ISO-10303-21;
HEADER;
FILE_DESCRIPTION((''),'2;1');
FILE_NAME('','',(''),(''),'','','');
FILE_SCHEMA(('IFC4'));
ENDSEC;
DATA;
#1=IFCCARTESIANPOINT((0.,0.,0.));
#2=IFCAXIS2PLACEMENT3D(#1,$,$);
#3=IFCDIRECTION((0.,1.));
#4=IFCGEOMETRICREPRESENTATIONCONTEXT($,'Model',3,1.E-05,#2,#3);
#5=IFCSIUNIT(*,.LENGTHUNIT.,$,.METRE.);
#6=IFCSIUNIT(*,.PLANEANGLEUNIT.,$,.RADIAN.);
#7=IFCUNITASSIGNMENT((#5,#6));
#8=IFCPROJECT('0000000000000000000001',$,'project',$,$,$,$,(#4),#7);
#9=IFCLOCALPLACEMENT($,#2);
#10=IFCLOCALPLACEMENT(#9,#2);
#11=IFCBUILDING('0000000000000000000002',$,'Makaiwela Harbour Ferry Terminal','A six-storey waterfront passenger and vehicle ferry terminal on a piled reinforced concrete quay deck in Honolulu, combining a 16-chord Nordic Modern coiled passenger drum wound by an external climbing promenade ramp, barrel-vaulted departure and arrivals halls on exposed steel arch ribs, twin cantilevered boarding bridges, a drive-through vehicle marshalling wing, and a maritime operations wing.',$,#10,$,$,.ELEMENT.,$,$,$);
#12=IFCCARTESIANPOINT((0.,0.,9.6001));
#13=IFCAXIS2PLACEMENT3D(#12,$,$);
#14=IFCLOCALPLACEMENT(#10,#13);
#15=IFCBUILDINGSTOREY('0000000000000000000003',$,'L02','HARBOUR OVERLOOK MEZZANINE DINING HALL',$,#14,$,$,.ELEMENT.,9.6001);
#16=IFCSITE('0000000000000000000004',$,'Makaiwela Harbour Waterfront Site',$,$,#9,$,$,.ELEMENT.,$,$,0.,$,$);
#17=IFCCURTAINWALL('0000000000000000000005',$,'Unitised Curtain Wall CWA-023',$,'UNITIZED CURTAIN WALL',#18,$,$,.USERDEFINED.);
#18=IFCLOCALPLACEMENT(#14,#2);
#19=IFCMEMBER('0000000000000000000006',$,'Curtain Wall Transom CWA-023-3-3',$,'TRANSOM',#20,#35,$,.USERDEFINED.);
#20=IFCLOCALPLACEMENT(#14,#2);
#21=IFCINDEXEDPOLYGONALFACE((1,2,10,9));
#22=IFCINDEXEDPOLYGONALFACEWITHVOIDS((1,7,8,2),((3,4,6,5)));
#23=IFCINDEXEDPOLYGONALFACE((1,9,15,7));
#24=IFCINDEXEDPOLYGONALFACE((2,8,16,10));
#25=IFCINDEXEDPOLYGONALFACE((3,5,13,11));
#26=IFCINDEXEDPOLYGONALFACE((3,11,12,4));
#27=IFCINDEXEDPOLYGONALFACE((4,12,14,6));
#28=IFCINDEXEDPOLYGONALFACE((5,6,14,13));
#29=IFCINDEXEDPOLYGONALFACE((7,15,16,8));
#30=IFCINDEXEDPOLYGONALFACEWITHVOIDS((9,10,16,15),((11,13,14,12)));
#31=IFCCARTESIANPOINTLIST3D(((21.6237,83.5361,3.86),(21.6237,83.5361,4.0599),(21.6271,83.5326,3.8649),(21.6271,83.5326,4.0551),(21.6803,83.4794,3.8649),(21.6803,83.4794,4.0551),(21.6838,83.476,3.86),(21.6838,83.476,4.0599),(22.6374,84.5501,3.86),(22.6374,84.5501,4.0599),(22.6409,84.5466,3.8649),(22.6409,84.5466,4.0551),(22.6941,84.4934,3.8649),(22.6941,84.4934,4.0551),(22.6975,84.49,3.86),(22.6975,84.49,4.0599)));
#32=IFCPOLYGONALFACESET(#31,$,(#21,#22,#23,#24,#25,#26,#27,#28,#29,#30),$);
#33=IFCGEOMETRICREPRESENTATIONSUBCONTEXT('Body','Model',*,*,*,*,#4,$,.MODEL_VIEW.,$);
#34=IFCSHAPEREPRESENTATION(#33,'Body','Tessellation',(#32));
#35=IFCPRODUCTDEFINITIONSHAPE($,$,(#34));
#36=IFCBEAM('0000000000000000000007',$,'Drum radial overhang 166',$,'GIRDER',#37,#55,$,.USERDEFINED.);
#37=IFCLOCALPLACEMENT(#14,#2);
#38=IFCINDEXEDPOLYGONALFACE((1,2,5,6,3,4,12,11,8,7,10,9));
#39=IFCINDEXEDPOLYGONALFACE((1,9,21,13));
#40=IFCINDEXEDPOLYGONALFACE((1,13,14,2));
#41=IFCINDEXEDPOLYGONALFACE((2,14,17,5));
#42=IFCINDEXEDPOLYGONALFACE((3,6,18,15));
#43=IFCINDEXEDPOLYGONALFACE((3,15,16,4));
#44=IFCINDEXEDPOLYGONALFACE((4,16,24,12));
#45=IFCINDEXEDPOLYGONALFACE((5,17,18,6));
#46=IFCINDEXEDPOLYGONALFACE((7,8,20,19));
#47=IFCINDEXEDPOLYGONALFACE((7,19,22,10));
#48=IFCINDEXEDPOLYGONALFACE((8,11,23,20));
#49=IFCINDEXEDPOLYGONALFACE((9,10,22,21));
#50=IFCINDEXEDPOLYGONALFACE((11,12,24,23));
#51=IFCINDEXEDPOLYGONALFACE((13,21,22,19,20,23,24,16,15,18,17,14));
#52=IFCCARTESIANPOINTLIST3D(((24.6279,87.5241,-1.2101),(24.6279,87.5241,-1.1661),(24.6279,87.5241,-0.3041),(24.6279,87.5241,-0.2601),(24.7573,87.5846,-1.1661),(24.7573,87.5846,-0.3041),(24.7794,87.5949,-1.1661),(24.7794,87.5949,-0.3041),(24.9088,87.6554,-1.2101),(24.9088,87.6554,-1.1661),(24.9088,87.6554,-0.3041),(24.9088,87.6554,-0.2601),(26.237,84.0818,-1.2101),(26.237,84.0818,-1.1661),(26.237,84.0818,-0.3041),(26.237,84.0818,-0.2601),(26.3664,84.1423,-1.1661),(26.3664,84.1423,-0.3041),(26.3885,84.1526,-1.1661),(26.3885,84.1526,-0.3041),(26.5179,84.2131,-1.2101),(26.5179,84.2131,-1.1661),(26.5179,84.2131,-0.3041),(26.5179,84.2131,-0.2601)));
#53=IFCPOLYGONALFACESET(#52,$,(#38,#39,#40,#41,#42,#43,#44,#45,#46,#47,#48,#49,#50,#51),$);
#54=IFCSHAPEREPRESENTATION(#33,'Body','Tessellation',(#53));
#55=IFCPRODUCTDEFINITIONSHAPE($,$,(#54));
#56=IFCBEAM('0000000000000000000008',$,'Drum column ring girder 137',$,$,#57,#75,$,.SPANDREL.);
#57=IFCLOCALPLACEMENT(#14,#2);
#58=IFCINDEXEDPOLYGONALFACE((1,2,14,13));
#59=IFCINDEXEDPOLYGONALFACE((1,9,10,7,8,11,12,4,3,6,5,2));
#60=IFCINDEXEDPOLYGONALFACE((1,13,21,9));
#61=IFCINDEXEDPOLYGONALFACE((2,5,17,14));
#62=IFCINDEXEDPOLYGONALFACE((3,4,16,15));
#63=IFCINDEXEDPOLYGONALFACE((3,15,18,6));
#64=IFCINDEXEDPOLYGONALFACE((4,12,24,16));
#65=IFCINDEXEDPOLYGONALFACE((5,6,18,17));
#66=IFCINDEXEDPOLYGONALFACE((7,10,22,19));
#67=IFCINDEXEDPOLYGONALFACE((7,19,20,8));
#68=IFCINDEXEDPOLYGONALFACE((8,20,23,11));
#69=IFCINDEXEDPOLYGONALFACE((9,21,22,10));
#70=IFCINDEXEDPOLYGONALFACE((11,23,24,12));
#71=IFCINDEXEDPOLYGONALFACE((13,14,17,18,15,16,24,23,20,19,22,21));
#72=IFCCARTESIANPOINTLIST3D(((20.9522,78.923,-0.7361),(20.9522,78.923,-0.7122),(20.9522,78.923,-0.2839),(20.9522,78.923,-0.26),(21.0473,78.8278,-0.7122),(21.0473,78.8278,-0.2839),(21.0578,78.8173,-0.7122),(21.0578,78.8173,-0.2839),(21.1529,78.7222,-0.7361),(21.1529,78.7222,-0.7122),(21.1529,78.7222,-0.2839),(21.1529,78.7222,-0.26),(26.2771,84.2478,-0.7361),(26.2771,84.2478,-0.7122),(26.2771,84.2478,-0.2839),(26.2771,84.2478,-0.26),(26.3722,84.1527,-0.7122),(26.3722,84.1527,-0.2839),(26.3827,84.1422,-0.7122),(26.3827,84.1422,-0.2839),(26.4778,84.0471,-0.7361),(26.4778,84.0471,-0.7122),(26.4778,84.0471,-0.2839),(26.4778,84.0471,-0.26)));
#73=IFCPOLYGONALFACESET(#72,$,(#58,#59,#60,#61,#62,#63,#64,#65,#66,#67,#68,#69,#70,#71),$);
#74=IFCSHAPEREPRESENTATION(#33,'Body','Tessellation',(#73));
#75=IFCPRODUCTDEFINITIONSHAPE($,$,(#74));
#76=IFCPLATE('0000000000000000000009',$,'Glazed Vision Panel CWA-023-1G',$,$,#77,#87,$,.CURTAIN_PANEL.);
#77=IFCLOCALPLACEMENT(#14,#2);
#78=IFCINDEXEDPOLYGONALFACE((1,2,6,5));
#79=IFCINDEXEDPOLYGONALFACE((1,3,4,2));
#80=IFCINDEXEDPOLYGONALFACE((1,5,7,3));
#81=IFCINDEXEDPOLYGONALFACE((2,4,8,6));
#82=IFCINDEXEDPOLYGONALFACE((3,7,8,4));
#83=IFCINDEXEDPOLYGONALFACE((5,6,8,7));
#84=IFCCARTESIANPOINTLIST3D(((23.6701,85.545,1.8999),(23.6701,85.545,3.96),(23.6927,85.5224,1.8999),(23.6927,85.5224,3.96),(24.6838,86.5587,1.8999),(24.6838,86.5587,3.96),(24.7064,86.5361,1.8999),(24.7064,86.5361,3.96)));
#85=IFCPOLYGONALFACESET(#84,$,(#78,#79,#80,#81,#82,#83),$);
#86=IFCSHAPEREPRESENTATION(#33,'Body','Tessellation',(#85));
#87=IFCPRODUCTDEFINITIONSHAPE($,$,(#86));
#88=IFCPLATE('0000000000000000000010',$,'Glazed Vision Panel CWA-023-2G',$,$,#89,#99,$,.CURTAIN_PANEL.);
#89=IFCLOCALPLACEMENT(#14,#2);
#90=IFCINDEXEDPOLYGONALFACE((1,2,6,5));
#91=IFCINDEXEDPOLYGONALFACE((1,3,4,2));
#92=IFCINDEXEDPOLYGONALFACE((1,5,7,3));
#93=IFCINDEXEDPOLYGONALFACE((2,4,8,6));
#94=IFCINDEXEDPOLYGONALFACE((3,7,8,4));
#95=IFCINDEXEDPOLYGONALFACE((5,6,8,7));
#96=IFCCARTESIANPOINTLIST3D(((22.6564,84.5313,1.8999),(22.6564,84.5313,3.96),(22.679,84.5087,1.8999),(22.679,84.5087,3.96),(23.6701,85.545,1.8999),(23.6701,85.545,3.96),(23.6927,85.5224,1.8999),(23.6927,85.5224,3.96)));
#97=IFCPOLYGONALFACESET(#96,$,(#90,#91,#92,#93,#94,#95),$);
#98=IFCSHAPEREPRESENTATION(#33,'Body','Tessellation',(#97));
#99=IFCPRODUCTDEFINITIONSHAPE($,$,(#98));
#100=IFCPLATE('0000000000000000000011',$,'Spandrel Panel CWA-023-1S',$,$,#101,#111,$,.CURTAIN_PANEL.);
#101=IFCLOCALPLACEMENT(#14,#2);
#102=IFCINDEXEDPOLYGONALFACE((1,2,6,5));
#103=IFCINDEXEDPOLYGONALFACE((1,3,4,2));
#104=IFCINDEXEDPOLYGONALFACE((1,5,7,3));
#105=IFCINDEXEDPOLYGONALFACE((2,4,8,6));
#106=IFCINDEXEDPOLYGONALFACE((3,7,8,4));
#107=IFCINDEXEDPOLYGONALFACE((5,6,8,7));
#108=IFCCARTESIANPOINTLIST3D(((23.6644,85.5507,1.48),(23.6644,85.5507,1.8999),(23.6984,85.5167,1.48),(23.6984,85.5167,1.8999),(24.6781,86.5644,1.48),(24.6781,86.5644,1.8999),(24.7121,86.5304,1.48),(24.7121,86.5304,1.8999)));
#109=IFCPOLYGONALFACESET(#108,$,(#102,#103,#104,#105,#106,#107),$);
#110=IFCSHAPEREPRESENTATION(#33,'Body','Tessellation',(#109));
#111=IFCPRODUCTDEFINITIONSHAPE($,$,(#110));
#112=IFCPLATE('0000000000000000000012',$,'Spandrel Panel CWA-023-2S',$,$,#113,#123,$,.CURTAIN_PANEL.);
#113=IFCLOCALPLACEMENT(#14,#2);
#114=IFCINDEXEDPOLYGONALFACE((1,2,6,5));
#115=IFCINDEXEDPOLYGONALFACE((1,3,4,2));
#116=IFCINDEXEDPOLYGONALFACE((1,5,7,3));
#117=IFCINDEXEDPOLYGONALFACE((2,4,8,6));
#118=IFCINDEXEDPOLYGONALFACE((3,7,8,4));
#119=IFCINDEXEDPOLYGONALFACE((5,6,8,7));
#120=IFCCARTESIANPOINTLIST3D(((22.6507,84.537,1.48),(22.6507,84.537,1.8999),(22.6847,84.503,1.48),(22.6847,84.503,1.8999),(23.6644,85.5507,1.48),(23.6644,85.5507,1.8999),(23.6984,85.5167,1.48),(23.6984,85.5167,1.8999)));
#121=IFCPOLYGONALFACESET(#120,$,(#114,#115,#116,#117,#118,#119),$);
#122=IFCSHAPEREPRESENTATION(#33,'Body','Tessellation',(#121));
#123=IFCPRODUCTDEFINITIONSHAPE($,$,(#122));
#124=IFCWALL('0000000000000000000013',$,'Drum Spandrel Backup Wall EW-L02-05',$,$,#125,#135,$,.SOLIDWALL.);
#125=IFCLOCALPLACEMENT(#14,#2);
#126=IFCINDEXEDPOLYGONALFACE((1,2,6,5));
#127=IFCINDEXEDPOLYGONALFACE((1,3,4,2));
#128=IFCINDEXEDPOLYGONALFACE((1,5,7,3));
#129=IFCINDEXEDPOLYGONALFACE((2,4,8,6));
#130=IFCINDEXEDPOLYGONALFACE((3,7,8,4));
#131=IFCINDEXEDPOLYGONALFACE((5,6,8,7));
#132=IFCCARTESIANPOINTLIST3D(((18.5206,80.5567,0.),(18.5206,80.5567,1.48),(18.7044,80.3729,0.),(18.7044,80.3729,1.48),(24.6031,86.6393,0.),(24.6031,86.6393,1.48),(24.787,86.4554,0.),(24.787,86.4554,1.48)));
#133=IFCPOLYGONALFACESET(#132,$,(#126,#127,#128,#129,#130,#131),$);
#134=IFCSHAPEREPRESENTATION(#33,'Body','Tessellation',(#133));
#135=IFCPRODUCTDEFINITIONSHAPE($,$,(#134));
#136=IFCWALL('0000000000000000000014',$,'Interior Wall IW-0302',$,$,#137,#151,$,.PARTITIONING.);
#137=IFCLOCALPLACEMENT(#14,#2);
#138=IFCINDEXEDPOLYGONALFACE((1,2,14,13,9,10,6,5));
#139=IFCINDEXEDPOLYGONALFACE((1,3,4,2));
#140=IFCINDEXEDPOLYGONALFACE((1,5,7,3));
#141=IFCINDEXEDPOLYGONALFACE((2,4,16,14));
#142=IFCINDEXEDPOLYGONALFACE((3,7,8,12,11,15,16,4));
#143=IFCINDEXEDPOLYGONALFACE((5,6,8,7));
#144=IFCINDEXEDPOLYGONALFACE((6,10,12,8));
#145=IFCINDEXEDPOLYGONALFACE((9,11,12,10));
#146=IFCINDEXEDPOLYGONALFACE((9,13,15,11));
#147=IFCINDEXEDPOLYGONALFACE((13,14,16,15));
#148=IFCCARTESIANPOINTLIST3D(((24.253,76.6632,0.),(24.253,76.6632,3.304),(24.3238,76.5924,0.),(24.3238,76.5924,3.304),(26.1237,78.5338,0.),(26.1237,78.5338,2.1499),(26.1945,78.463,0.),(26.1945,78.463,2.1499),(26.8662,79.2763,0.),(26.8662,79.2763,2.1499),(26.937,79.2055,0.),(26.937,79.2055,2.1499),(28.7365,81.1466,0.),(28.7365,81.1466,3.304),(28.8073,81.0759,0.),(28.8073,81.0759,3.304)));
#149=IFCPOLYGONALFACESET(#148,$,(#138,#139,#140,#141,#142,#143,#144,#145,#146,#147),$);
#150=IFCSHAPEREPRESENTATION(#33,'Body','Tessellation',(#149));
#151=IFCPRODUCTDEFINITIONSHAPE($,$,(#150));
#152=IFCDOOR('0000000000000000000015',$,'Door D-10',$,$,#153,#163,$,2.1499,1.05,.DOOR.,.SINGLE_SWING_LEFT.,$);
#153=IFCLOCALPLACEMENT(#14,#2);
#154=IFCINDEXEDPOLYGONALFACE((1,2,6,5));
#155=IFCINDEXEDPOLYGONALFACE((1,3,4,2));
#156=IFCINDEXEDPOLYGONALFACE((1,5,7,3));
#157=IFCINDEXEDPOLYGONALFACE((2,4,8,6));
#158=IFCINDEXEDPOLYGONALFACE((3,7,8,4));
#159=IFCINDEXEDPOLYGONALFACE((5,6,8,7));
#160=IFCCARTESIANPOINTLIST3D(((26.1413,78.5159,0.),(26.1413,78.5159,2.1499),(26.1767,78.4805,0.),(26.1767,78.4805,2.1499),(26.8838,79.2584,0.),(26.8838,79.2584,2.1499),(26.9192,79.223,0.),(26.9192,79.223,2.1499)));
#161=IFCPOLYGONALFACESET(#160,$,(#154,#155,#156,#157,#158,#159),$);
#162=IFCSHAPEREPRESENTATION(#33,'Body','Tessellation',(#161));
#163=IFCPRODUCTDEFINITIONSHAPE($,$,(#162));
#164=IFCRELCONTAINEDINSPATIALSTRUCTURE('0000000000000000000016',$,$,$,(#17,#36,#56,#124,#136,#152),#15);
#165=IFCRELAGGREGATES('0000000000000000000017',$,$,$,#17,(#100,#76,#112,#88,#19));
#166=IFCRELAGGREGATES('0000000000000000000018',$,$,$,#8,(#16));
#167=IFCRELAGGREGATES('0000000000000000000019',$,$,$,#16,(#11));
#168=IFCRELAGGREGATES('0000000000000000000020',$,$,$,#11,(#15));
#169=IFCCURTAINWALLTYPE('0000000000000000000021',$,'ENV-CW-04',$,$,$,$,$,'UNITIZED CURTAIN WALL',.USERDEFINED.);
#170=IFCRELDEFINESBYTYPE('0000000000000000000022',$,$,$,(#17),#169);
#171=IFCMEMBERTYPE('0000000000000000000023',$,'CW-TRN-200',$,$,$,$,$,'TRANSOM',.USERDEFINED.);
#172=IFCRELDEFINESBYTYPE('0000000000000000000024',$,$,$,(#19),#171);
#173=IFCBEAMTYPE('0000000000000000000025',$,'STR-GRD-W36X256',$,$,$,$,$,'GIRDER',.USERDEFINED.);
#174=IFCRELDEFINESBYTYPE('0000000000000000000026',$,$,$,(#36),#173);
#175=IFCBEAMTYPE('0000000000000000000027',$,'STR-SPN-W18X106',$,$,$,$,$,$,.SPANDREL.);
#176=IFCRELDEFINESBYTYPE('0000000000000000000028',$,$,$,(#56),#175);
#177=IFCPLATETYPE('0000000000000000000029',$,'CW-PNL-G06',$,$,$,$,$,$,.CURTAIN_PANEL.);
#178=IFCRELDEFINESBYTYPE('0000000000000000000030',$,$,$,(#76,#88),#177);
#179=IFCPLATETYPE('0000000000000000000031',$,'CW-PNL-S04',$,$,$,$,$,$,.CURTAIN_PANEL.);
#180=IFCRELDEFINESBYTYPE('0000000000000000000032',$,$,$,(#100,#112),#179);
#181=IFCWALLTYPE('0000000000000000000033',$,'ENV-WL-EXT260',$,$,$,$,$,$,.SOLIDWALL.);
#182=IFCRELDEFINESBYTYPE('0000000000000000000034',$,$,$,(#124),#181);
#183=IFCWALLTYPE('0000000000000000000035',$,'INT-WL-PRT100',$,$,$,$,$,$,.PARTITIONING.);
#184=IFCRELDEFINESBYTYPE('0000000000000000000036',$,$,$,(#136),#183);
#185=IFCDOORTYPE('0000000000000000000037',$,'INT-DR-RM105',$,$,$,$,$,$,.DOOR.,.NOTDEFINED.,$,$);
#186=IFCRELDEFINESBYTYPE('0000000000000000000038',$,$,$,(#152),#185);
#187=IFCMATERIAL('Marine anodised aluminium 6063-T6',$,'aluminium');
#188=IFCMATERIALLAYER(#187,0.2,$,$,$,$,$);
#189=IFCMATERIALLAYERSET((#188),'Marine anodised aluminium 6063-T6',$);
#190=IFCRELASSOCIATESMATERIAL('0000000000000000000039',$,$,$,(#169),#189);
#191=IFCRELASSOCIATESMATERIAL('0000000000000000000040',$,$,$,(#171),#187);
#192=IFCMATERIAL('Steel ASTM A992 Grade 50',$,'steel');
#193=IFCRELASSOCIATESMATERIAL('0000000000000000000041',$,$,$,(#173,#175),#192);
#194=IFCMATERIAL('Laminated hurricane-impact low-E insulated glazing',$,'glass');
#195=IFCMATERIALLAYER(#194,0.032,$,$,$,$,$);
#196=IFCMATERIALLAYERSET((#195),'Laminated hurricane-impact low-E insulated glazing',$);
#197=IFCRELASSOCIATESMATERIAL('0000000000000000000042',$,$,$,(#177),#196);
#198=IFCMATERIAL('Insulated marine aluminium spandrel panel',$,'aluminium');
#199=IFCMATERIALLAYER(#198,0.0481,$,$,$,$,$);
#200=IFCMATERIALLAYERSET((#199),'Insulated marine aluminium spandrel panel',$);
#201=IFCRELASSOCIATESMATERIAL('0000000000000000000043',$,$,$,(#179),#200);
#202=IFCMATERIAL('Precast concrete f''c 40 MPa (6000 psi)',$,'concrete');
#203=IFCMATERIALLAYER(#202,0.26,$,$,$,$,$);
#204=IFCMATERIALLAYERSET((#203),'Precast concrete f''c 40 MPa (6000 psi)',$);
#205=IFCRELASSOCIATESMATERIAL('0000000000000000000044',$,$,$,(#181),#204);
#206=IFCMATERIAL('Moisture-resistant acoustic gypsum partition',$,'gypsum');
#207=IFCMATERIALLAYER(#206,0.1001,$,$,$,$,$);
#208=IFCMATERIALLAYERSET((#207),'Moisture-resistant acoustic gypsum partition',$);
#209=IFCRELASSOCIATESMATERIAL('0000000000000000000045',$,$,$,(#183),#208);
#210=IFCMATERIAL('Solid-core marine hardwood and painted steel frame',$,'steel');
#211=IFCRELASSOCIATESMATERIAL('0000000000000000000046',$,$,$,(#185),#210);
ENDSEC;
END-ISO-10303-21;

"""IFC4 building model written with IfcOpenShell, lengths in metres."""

from ifc_helpers import new_model, si_unit, direction, frame, frame_2d, origin, origin_2d, place, context, subcontext, project, spatial, rectangle, hollow_rectangle, i_section, extrude, material, layer, layer_set, material_profile, profile_set, type_object, element, fill, aggregate, save


model = new_model("IFC4")

# Units and contexts
model_context = context("Model", 3, precision=1e-05, world=origin(), true_north=direction((0.0, 1.0)))
body_context = subcontext(model_context, "Body", "Model", "MODEL_VIEW")
ifc_project = project(units=[si_unit("LENGTHUNIT", "METRE"), si_unit("PLANEANGLEUNIT", "RADIAN")], contexts=[model_context])

# Site, building, storey
site_placement = place(None, origin())
site = spatial("IfcSite", under=ifc_project, at=site_placement, Name="Makaiwela Harbour Waterfront Site", CompositionType="ELEMENT", RefElevation=0.0)
building_placement = place(site_placement, origin())
building = spatial("IfcBuilding", under=site, at=building_placement, Name="Makaiwela Harbour Ferry Terminal", Description="A six-storey waterfront passenger and vehicle ferry terminal on a piled reinforced concrete quay deck in Honolulu, combining a 16-chord Nordic Modern coiled passenger drum wound by an external climbing promenade ramp, barrel-vaulted departure and arrivals halls on exposed steel arch ribs, twin cantilevered boarding bridges, a drive-through vehicle marshalling wing, and a maritime operations wing.", CompositionType="ELEMENT")
storey_placement = place(building_placement, frame((0.0, 0.0, 9.6001)))
storey = spatial("IfcBuildingStorey", under=building, at=storey_placement, Name="L02", Description="HARBOUR OVERLOOK MEZZANINE DINING HALL", CompositionType="ELEMENT", Elevation=9.6001)

# Shared definitions
ifc_material_1 = material(Name="Steel ASTM A992 Grade 50", Category="steel")

# Curtain wall, member
ifc_material_2 = material(Name="Marine anodised aluminium 6063-T6", Category="aluminium")
ifc_layer_1 = layer(ifc_material_2, 0.2)
ifc_layer_set_1 = layer_set([ifc_layer_1], Name="Marine anodised aluminium 6063-T6")
curtain_wall_type = type_object("IfcCurtainWallType", Name="ENV-CW-04", ElementType="UNITIZED CURTAIN WALL", PredefinedType="USERDEFINED", material=ifc_layer_set_1)
curtain_wall_placement = place(storey_placement, origin())
curtain_wall = element("IfcCurtainWall", 1, at=curtain_wall_placement, inside=storey, type_object=curtain_wall_type, Name="Unitised Curtain Wall CWA-023", ObjectType="UNITIZED CURTAIN WALL", PredefinedType="USERDEFINED")
ifc_material_profile_1 = material_profile(ifc_material_2, hollow_rectangle(XDim=0.085, YDim=0.2, WallThickness=0.0049, at=origin_2d()), Name="CWT-200X85")
ifc_profile_set_1 = profile_set([ifc_material_profile_1], Name="Marine anodised aluminium 6063-T6")
member_type_1 = type_object("IfcMemberType", Name="CW-TRN-200", ElementType="TRANSOM", PredefinedType="USERDEFINED", material=ifc_profile_set_1)
member_1_placement = place(storey_placement, frame((22.6675, 84.52, 3.96), z_axis=(-0.707022, -0.707192, 0.0), x_axis=(0.707192, -0.707022, 0.0)))
member_1 = element("IfcMember", 2, at=member_1_placement, type_object=member_type_1, Name="Curtain Wall Transom CWA-023-3-3", ObjectType="TRANSOM", PredefinedType="USERDEFINED", context=body_context, shape_type="SweptSolid", body=[
    extrude(hollow_rectangle(XDim=0.085, YDim=0.2, WallThickness=0.0049, at=origin_2d()), origin(), (0.0, 0.0, 1.0), 1.4338),
])

# Beams
ifc_material_profile_2 = material_profile(ifc_material_1, i_section(OverallWidth=0.3101, OverallDepth=0.95, WebThickness=0.0244, FlangeThickness=0.0439, at=origin_2d()), Name="W36X256")
ifc_profile_set_2 = profile_set([ifc_material_profile_2], Name="Steel ASTM A992 Grade 50")
beam_type_1 = type_object("IfcBeamType", Name="STR-GRD-W36X256", ElementType="GIRDER", PredefinedType="USERDEFINED", material=ifc_profile_set_2)
beam_1_placement = place(storey_placement, frame((26.3774, 84.1475, -0.7351), z_axis=(-0.423466, 0.905912, 0.0), x_axis=(-0.905912, -0.423466, 0.0)))
element("IfcBeam", 3, at=beam_1_placement, inside=storey, type_object=beam_type_1, Name="Drum radial overhang 166", ObjectType="GIRDER", PredefinedType="USERDEFINED", context=body_context, shape_type="SweptSolid", body=[
    extrude(i_section(OverallWidth=0.3101, OverallDepth=0.95, WebThickness=0.0244, FlangeThickness=0.0439, at=origin_2d()), origin(), (0.0, 0.0, 1.0), 3.7998),
])
ifc_material_profile_3 = material_profile(ifc_material_1, i_section(OverallWidth=0.2839, OverallDepth=0.4761, WebThickness=0.0149, FlangeThickness=0.0239, at=origin_2d()), Name="W18X106")
ifc_profile_set_3 = profile_set([ifc_material_profile_3], Name="Steel ASTM A992 Grade 50")
beam_type_2 = type_object("IfcBeamType", Name="STR-SPN-W18X106", PredefinedType="SPANDREL", material=ifc_profile_set_3)
beam_2_placement = place(storey_placement, frame((26.3774, 84.1475, -0.498), z_axis=(-0.707107, -0.707107, 0.0), x_axis=(0.707107, -0.707107, 0.0)))
element("IfcBeam", 4, at=beam_2_placement, inside=storey, type_object=beam_type_2, Name="Drum column ring girder 137", PredefinedType="SPANDREL", context=body_context, shape_type="SweptSolid", body=[
    extrude(i_section(OverallWidth=0.2839, OverallDepth=0.4761, WebThickness=0.0149, FlangeThickness=0.0239, at=origin_2d()), origin(), (0.0, 0.0, 1.0), 7.5305),
])

# Plates
ifc_material_3 = material(Name="Laminated hurricane-impact low-E insulated glazing", Category="glass")
ifc_layer_2 = layer(ifc_material_3, 0.032)
ifc_layer_set_2 = layer_set([ifc_layer_2], Name="Laminated hurricane-impact low-E insulated glazing")
plate_type_1 = type_object("IfcPlateType", Name="CW-PNL-G06", PredefinedType="CURTAIN_PANEL", material=ifc_layer_set_2)
plate_1_placement = place(storey_placement, frame((24.1882, 86.0405, 1.8999), z_axis=(0.0, 0.0, 1.0), x_axis=(-0.707107, -0.707107, 0.0)))
plate_1 = element("IfcPlate", 5, at=plate_1_placement, type_object=plate_type_1, Name="Glazed Vision Panel CWA-023-1G", PredefinedType="CURTAIN_PANEL", context=body_context, shape_type="SweptSolid", body=[
    extrude(rectangle(XDim=1.4336, YDim=0.032, at=origin_2d()), origin(), (0.0, 0.0, 1.0), 2.0601),
])
plate_2_placement = place(storey_placement, frame((23.1746, 85.0269, 1.8999), z_axis=(0.0, 0.0, 1.0), x_axis=(-0.707107, -0.707107, 0.0)))
plate_2 = element("IfcPlate", 6, at=plate_2_placement, type_object=plate_type_1, Name="Glazed Vision Panel CWA-023-2G", PredefinedType="CURTAIN_PANEL", context=body_context, shape_type="SweptSolid", body=[
    extrude(rectangle(XDim=1.4336, YDim=0.032, at=origin_2d()), origin(), (0.0, 0.0, 1.0), 2.0601),
])
ifc_material_4 = material(Name="Insulated marine aluminium spandrel panel", Category="aluminium")
ifc_layer_3 = layer(ifc_material_4, 0.0481)
ifc_layer_set_3 = layer_set([ifc_layer_3], Name="Insulated marine aluminium spandrel panel")
plate_type_2 = type_object("IfcPlateType", Name="CW-PNL-S04", PredefinedType="CURTAIN_PANEL", material=ifc_layer_set_3)
plate_3_placement = place(storey_placement, frame((24.1882, 86.0405, 1.48), z_axis=(0.0, 0.0, 1.0), x_axis=(-0.707107, -0.707107, 0.0)))
plate_3 = element("IfcPlate", 7, at=plate_3_placement, type_object=plate_type_2, Name="Spandrel Panel CWA-023-1S", PredefinedType="CURTAIN_PANEL", context=body_context, shape_type="SweptSolid", body=[
    extrude(rectangle(XDim=1.4336, YDim=0.0481, at=origin_2d()), origin(), (0.0, 0.0, 1.0), 0.4199),
])
plate_4_placement = place(storey_placement, frame((23.1746, 85.0269, 1.48), z_axis=(0.0, 0.0, 1.0), x_axis=(-0.707107, -0.707107, 0.0)))
plate_4 = element("IfcPlate", 8, at=plate_4_placement, type_object=plate_type_2, Name="Spandrel Panel CWA-023-2S", PredefinedType="CURTAIN_PANEL", context=body_context, shape_type="SweptSolid", body=[
    extrude(rectangle(XDim=1.4336, YDim=0.0481, at=origin_2d()), origin(), (0.0, 0.0, 1.0), 0.4199),
])
aggregate(curtain_wall, [plate_3, plate_1, plate_4, plate_2, member_1])

# Wall
ifc_material_5 = material(Name="Precast concrete f'c 40 MPa (6000 psi)", Category="concrete")
ifc_layer_4 = layer(ifc_material_5, 0.26)
ifc_layer_set_4 = layer_set([ifc_layer_4], Name="Precast concrete f'c 40 MPa (6000 psi)")
wall_type_1 = type_object("IfcWallType", Name="ENV-WL-EXT260", PredefinedType="SOLIDWALL", material=ifc_layer_set_4)
wall_1_placement = place(storey_placement, frame((24.6951, 86.5474, 0.0), z_axis=(0.0, 0.0, 1.0), x_axis=(-0.707107, -0.707107, 0.0)))
element("IfcWall", 9, at=wall_1_placement, inside=storey, type_object=wall_type_1, Name="Drum Spandrel Backup Wall EW-L02-05", PredefinedType="SOLIDWALL", context=body_context, shape_type="SweptSolid", body=[
    extrude(rectangle(XDim=8.6021, YDim=0.26, at=frame_2d((4.301, 0.0))), origin(), (0.0, 0.0, 1.0), 1.48),
])

# Wall, opening, door
ifc_material_6 = material(Name="Moisture-resistant acoustic gypsum partition", Category="gypsum")
ifc_layer_5 = layer(ifc_material_6, 0.1001)
ifc_layer_set_5 = layer_set([ifc_layer_5], Name="Moisture-resistant acoustic gypsum partition")
wall_type_2 = type_object("IfcWallType", Name="INT-WL-PRT100", PredefinedType="PARTITIONING", material=ifc_layer_set_5)
wall_2_placement = place(storey_placement, frame((28.772, 81.1113, 0.0), z_axis=(0.0, 0.0, 1.0), x_axis=(-0.707107, -0.707107, 0.0)))
wall_2 = element("IfcWall", 10, at=wall_2_placement, inside=storey, type_object=wall_type_2, Name="Interior Wall IW-0302", PredefinedType="PARTITIONING", context=body_context, shape_type="SweptSolid", body=[
    extrude(rectangle(XDim=6.3406, YDim=0.1001, at=frame_2d((3.1704, 0.0))), origin(), (0.0, 0.0, 1.0), 3.304),
])
opening_placement = place(wall_2_placement, frame((2.6453, 0.0, 0.0)))
opening = element("IfcOpeningElement", 11, at=opening_placement, cuts=wall_2, PredefinedType="OPENING", context=body_context, shape_type="SweptSolid", body=[
    extrude(rectangle(XDim=1.05, YDim=2.1499, at=frame_2d((0.5249, 1.075))), frame((0.0, 0.0601, 0.0), z_axis=(0.0, -1.0, 0.0), x_axis=(1.0, 0.0, 0.0)), (0.0, 0.0, 1.0), 0.1201),
])
ifc_material_7 = material(Name="Solid-core marine hardwood and painted steel frame", Category="steel")
door_type = type_object("IfcDoorType", Name="INT-DR-RM105", OperationType="NOTDEFINED", PredefinedType="DOOR", material=ifc_material_7)
door_placement = place(opening_placement, frame((1.05, 0.0, 0.0), z_axis=(0.0, 0.0, 1.0), x_axis=(-1.0, 0.0, 0.0)))
door = element("IfcDoor", 12, at=door_placement, inside=storey, type_object=door_type, Name="Door D-10", OperationType="SINGLE_SWING_LEFT", OverallHeight=2.1499, OverallWidth=1.05, PredefinedType="DOOR", context=body_context, shape_type="SweptSolid", body=[
    extrude(rectangle(XDim=1.05, YDim=2.1499, at=frame_2d((0.5249, 1.075))), frame((0.0, 0.0249, 0.0), z_axis=(0.0, -1.0, 0.0), x_axis=(1.0, 0.0, 0.0)), (0.0, 0.0, 1.0), 0.05),
])
fill(opening, door)

save(model, "model.ifc")
